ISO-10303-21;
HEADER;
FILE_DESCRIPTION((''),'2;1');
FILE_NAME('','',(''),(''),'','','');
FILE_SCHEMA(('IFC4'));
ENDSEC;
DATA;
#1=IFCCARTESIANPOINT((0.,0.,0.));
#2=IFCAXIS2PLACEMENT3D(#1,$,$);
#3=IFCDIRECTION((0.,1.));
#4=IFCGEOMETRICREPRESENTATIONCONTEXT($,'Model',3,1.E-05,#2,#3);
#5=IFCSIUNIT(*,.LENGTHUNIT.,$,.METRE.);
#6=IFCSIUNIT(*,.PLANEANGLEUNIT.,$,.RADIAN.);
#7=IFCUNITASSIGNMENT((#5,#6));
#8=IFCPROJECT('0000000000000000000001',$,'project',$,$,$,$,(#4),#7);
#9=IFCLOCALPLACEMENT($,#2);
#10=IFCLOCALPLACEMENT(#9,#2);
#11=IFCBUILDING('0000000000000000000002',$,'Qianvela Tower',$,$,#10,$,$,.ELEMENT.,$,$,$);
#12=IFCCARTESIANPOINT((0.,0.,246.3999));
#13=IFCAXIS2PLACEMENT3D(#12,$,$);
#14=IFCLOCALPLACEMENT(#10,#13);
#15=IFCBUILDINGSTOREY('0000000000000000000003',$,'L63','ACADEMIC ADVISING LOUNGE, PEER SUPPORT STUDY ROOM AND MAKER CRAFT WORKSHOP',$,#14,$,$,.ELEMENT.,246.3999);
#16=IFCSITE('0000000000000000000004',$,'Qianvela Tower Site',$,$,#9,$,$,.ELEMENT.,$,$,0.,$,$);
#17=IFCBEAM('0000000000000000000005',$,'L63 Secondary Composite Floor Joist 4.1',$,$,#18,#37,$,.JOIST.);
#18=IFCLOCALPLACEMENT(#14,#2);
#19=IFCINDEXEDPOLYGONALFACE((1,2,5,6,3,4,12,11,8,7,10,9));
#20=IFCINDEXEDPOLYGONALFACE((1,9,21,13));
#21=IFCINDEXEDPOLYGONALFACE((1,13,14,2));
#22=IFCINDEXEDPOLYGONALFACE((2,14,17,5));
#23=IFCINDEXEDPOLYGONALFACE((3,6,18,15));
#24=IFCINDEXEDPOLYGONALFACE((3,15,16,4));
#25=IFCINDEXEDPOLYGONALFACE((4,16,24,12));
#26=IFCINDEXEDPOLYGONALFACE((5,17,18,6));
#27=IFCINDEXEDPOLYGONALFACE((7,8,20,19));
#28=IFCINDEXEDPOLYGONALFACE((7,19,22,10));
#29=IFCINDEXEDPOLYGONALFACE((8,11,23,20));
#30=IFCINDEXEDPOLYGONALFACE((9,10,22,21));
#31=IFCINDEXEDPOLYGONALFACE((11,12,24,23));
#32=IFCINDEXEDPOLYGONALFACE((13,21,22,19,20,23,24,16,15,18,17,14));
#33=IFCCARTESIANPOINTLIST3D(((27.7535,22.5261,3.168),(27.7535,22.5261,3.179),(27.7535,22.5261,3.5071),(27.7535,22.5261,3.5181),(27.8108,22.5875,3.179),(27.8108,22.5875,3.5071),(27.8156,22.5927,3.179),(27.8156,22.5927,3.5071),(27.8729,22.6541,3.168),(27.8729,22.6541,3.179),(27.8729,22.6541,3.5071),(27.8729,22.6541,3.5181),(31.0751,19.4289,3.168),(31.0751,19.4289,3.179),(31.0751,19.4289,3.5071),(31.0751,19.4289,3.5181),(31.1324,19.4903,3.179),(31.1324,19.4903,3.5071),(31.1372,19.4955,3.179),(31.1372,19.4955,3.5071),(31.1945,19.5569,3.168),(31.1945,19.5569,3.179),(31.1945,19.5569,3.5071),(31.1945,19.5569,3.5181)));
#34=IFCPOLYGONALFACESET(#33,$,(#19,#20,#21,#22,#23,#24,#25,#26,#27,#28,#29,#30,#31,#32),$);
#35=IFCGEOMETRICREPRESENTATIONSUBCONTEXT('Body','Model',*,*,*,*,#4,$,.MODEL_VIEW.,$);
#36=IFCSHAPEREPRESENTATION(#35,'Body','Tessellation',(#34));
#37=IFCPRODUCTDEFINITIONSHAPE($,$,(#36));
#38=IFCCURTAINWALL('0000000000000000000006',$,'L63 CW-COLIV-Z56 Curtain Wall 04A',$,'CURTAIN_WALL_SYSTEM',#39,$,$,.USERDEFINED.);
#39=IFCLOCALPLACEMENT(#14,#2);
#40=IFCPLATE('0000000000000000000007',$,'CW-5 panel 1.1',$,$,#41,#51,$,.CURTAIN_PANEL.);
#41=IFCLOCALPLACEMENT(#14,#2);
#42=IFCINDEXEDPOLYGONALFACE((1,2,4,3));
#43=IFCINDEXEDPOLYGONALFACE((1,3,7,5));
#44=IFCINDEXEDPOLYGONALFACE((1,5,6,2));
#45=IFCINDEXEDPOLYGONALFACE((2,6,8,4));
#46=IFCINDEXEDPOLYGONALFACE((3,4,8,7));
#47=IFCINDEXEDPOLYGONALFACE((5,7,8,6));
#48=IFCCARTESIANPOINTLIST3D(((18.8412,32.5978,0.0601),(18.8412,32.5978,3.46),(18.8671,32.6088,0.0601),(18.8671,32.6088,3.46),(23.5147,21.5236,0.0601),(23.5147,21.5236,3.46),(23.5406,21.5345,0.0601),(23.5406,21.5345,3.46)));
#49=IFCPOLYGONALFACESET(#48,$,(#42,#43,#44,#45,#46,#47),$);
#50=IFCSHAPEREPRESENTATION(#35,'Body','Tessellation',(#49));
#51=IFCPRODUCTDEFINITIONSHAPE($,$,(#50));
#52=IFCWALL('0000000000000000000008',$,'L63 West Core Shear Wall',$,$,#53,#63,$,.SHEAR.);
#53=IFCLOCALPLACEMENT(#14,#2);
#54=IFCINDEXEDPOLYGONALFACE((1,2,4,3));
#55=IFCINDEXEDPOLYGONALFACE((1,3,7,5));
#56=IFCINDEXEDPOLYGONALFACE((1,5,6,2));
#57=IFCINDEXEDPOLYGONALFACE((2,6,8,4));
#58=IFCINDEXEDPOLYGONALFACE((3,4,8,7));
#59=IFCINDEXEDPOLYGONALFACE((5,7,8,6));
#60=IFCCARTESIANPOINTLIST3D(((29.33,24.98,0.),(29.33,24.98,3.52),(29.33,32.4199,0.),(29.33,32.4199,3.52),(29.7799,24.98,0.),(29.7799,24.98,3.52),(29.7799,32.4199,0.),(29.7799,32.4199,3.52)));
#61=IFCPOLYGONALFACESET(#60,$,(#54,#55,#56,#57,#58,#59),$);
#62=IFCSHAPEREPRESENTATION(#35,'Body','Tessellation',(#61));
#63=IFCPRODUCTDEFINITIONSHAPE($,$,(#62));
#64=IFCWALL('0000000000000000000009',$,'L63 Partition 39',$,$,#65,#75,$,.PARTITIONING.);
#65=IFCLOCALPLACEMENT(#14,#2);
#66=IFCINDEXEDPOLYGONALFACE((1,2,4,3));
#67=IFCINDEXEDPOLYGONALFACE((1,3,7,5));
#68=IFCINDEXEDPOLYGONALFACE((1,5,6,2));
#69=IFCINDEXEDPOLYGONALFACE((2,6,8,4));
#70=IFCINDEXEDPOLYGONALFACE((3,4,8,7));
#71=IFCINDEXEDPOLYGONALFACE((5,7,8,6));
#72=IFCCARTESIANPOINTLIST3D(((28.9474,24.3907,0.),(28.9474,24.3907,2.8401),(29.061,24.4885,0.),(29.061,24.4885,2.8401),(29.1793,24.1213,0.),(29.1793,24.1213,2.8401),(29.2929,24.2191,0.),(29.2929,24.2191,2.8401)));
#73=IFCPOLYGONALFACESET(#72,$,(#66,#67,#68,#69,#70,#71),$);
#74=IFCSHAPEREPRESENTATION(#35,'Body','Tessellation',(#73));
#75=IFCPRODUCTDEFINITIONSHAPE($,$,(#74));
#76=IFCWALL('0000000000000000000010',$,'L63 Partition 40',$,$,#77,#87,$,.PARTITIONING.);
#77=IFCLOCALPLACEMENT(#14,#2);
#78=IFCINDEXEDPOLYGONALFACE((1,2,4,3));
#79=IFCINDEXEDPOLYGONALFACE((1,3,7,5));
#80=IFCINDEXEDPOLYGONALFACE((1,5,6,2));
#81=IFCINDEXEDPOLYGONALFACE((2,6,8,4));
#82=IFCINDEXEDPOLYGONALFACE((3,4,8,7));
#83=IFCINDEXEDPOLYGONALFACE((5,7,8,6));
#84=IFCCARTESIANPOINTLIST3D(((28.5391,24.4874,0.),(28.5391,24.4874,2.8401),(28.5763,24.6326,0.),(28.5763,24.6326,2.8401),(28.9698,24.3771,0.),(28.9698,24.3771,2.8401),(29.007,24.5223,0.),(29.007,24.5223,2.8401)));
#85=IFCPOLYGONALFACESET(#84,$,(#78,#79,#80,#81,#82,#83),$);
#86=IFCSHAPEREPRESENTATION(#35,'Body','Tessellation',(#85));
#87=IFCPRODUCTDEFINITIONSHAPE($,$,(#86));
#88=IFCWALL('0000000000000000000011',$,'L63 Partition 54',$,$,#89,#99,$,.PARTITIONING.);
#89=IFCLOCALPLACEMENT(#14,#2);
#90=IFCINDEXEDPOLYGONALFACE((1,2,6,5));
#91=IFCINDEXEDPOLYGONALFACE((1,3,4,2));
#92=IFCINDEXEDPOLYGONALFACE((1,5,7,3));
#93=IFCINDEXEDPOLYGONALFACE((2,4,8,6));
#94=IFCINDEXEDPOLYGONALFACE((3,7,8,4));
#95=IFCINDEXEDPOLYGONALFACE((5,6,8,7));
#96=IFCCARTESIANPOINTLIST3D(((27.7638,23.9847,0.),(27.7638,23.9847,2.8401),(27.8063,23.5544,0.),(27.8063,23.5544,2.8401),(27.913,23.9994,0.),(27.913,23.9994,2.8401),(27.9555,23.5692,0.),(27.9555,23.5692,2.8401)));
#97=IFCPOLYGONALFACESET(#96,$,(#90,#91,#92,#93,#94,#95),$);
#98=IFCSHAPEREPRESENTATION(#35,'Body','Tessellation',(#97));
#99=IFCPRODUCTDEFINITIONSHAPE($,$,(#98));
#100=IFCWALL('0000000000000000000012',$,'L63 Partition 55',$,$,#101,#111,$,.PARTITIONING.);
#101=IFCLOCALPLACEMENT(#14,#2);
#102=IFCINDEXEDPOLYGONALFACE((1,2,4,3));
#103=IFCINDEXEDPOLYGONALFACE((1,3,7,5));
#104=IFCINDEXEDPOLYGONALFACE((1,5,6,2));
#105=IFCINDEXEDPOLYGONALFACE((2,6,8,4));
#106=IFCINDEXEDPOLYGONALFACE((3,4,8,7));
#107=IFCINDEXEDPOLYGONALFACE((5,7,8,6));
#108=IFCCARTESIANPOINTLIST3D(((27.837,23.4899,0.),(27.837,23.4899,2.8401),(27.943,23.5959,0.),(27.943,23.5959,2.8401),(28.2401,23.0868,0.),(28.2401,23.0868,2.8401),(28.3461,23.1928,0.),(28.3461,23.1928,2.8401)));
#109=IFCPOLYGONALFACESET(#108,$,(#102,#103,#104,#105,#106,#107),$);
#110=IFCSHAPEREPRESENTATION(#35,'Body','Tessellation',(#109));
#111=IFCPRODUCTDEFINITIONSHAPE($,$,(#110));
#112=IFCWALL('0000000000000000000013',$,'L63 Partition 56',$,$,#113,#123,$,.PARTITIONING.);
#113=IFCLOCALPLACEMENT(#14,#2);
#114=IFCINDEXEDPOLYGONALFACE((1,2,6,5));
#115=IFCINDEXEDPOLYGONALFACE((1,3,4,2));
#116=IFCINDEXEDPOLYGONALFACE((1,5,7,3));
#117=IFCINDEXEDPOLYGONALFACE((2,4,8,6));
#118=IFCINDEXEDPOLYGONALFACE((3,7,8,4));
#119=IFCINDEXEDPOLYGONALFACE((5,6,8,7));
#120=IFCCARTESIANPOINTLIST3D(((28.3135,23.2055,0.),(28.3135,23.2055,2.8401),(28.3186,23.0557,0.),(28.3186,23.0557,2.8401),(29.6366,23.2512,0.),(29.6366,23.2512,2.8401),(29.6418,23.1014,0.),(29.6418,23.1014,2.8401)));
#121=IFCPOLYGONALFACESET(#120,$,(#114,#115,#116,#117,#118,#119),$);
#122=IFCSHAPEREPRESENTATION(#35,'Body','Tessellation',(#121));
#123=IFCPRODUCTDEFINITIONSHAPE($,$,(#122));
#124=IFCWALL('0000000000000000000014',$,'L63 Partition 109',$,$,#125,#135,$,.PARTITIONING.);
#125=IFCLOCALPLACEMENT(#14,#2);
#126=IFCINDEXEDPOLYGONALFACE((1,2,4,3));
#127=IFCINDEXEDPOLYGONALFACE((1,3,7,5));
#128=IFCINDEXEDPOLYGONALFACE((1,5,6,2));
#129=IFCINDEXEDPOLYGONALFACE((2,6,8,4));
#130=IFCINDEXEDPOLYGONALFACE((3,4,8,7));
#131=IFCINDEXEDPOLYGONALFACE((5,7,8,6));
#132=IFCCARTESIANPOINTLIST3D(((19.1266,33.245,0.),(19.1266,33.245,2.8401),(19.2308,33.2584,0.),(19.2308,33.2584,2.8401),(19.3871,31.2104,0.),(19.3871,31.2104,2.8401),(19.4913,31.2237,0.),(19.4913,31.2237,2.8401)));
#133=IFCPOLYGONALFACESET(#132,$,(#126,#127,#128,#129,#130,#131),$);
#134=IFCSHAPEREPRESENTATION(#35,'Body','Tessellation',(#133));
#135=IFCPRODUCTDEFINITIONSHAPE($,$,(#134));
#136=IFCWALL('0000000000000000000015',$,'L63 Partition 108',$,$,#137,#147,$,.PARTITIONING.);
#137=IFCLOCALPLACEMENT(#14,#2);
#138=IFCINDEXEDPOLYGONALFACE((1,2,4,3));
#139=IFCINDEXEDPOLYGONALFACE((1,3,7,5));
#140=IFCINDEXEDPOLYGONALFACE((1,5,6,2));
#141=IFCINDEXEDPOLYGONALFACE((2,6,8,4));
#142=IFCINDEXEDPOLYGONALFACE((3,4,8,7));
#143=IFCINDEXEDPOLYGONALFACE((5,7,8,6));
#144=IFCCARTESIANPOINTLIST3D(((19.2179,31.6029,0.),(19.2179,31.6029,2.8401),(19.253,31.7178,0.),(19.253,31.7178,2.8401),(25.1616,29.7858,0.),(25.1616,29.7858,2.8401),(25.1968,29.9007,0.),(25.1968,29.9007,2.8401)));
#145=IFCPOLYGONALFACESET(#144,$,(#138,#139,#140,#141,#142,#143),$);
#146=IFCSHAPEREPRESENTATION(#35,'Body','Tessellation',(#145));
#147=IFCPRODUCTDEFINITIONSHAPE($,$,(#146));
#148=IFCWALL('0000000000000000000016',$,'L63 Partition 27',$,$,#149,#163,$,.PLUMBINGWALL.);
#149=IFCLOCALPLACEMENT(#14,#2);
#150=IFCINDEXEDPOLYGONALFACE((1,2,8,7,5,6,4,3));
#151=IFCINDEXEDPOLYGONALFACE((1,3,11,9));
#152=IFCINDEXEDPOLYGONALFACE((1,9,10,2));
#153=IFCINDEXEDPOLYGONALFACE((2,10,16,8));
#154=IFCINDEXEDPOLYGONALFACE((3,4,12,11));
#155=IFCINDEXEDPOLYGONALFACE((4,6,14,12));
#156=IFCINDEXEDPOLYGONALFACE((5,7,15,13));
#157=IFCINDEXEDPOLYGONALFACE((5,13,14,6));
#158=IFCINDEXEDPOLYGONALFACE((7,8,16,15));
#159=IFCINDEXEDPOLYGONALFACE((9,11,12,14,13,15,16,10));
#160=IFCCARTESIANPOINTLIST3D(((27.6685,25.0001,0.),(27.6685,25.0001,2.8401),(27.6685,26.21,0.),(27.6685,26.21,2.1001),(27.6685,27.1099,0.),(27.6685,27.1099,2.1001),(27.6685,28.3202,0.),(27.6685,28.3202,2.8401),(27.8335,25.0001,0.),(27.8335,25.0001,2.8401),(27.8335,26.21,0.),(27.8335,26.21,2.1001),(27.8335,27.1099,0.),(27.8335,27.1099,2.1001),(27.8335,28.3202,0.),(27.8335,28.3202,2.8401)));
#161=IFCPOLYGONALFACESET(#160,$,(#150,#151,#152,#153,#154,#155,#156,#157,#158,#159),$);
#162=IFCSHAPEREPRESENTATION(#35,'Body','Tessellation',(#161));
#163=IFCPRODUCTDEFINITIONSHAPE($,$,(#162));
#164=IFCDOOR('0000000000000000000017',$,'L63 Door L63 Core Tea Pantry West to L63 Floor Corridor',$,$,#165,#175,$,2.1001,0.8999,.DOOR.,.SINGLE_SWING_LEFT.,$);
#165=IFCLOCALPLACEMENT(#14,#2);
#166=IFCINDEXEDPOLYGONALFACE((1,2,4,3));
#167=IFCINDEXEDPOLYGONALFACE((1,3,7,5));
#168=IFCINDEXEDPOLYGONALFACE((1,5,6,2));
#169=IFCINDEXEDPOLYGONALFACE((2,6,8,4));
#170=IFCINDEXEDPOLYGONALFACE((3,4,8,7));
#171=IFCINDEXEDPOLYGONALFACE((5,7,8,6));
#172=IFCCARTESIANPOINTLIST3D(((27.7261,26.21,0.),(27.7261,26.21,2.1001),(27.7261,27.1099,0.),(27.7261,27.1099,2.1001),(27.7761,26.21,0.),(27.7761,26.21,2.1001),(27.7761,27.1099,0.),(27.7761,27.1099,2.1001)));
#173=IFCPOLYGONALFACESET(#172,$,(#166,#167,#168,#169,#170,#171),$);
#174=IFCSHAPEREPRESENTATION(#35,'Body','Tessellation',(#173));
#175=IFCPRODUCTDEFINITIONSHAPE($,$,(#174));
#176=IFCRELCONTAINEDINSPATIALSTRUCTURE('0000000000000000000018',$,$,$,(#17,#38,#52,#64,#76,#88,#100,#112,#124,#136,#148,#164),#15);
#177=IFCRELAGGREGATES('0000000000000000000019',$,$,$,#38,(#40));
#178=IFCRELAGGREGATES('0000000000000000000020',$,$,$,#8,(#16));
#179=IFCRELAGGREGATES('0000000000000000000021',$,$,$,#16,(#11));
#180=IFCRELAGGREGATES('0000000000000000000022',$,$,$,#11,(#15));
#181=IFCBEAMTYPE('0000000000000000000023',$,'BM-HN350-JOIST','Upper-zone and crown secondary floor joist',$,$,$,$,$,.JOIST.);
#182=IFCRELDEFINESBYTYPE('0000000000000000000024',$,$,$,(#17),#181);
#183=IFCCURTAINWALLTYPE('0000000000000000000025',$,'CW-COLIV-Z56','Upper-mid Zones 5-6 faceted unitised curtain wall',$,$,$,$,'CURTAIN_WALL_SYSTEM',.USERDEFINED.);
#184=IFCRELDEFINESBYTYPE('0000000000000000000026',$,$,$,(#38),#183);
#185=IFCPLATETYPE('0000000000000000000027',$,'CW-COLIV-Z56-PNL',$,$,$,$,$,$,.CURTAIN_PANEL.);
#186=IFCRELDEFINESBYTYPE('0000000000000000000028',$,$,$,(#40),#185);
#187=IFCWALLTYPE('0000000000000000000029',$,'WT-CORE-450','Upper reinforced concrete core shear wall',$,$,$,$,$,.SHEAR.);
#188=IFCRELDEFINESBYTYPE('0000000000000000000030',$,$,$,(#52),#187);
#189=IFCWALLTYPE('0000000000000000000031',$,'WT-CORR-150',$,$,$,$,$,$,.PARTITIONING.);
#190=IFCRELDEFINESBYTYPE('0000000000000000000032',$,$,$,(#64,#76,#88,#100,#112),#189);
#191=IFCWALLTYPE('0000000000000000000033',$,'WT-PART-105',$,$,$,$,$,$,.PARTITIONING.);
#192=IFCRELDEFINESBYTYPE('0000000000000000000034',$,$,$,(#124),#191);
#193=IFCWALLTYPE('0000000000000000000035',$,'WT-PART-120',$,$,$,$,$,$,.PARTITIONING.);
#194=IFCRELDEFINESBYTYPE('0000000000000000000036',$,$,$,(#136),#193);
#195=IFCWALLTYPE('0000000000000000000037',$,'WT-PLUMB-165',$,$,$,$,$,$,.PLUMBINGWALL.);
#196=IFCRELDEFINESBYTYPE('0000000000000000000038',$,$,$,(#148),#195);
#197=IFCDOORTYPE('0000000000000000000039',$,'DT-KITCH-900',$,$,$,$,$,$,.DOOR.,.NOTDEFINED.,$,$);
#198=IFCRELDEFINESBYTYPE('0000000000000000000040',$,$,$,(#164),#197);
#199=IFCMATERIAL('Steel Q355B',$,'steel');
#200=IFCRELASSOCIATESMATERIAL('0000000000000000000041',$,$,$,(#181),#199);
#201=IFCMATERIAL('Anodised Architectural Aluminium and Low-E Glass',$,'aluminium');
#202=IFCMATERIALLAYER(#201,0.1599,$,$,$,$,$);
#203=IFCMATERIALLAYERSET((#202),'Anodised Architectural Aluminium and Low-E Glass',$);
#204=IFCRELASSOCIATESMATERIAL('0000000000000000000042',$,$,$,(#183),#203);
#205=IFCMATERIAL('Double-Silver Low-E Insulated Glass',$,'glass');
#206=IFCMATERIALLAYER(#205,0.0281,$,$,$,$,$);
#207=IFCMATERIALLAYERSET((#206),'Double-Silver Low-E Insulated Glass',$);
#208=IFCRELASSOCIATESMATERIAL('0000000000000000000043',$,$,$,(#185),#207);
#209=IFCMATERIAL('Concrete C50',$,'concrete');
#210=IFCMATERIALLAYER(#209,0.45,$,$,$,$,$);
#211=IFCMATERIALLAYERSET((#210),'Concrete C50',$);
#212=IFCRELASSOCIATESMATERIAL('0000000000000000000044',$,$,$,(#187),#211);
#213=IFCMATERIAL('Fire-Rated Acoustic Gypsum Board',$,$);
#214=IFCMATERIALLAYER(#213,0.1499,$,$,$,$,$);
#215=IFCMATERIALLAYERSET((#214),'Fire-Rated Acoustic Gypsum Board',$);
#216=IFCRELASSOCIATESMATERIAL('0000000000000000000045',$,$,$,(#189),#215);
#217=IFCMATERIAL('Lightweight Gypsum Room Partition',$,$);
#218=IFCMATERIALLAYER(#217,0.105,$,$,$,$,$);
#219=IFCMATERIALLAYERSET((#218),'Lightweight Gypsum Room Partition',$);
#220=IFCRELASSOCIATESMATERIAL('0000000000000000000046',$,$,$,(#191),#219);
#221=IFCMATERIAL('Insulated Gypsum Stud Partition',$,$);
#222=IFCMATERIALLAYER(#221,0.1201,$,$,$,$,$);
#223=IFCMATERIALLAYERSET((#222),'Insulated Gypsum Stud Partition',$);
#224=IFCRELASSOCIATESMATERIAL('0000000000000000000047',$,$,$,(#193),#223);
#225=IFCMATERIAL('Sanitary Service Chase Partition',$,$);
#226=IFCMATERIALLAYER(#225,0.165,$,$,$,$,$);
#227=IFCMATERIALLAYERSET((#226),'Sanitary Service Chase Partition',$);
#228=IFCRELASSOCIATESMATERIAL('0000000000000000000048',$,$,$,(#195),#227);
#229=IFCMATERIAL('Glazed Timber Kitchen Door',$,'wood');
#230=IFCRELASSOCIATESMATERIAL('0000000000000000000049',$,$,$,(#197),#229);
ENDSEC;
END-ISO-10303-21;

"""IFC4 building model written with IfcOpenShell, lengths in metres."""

from ifc_helpers import new_model, si_unit, direction, frame, frame_2d, origin, origin_2d, place, context, subcontext, project, spatial, rectangle, i_section, extrude, material, layer, layer_set, material_profile, profile_set, type_object, element, fill, aggregate, save


model = new_model("IFC4")

# Units and contexts
model_context = context("Model", 3, precision=1e-05, world=origin(), true_north=direction((0.0, 1.0)))
body_context = subcontext(model_context, "Body", "Model", "MODEL_VIEW")
ifc_project = project(units=[si_unit("LENGTHUNIT", "METRE"), si_unit("PLANEANGLEUNIT", "RADIAN")], contexts=[model_context])

# Site, building, storey
site_placement = place(None, origin())
site = spatial("IfcSite", under=ifc_project, at=site_placement, Name="Qianvela Tower Site", CompositionType="ELEMENT", RefElevation=0.0)
building_placement = place(site_placement, origin())
building = spatial("IfcBuilding", under=site, at=building_placement, Name="Qianvela Tower", CompositionType="ELEMENT")
storey_placement = place(building_placement, frame((0.0, 0.0, 246.3999)))
storey = spatial("IfcBuildingStorey", under=building, at=storey_placement, Name="L63", Description="ACADEMIC ADVISING LOUNGE, PEER SUPPORT STUDY ROOM AND MAKER CRAFT WORKSHOP", CompositionType="ELEMENT", Elevation=246.3999)

# Beam
ifc_material_1 = material(Name="Steel Q355B", Category="steel")
ifc_material_profile_1 = material_profile(ifc_material_1, i_section(OverallWidth=0.175, OverallDepth=0.3501, WebThickness=0.0071, FlangeThickness=0.011, at=origin_2d()), Name="HN350x175x7x11")
ifc_profile_set_1 = profile_set([ifc_material_profile_1], Name="Steel Q355B")
beam_type_1 = type_object("IfcBeamType", Name="BM-HN350-JOIST", Description="Upper-zone and crown secondary floor joist", PredefinedType="JOIST", material=ifc_profile_set_1)
beam_1_placement = place(storey_placement, frame((27.8132, 22.5901, 3.343), z_axis=(0.731377, -0.681973, 0.0), x_axis=(0.681973, 0.731377, 0.0)))
element("IfcBeam", 1, at=beam_1_placement, inside=storey, type_object=beam_type_1, Name="L63 Secondary Composite Floor Joist 4.1", PredefinedType="JOIST", context=body_context, shape_type="SweptSolid", body=[
    extrude(i_section(OverallWidth=0.175, OverallDepth=0.3501, WebThickness=0.0071, FlangeThickness=0.011, at=origin_2d()), origin(), (0.0, 0.0, 1.0), 4.5415),
])

# Curtain wall, plate
ifc_material_2 = material(Name="Anodised Architectural Aluminium and Low-E Glass", Category="aluminium")
ifc_layer_1 = layer(ifc_material_2, 0.1599)
ifc_layer_set_1 = layer_set([ifc_layer_1], Name="Anodised Architectural Aluminium and Low-E Glass")
curtain_wall_type = type_object("IfcCurtainWallType", Name="CW-COLIV-Z56", Description="Upper-mid Zones 5-6 faceted unitised curtain wall", ElementType="CURTAIN_WALL_SYSTEM", PredefinedType="USERDEFINED", material=ifc_layer_set_1)
curtain_wall_placement = place(storey_placement, origin())
curtain_wall = element("IfcCurtainWall", 2, at=curtain_wall_placement, inside=storey, type_object=curtain_wall_type, Name="L63 CW-COLIV-Z56 Curtain Wall 04A", ObjectType="CURTAIN_WALL_SYSTEM", PredefinedType="USERDEFINED")
ifc_material_3 = material(Name="Double-Silver Low-E Insulated Glass", Category="glass")
ifc_layer_2 = layer(ifc_material_3, 0.0281)
ifc_layer_set_2 = layer_set([ifc_layer_2], Name="Double-Silver Low-E Insulated Glass")
plate_type = type_object("IfcPlateType", Name="CW-COLIV-Z56-PNL", PredefinedType="CURTAIN_PANEL", material=ifc_layer_set_2)
plate_placement = place(storey_placement, frame((21.1909, 27.0662, 0.0601), z_axis=(0.0, 0.0, 1.0), x_axis=(0.388807, -0.921319, 0.0)))
plate = element("IfcPlate", 3, at=plate_placement, type_object=plate_type, Name="CW-5 panel 1.1", PredefinedType="CURTAIN_PANEL", context=body_context, shape_type="SweptSolid", body=[
    extrude(rectangle(XDim=12.02, YDim=0.0281, at=origin_2d()), origin(), (0.0, 0.0, 1.0), 3.3999),
])
aggregate(curtain_wall, [plate])

# Shared definitions
ifc_material_4 = material(Name="Concrete C50", Category="concrete")
ifc_layer_3 = layer(ifc_material_4, 0.45)
ifc_layer_set_3 = layer_set([ifc_layer_3], Name="Concrete C50")
wall_type_1 = type_object("IfcWallType", Name="WT-CORE-450", Description="Upper reinforced concrete core shear wall", PredefinedType="SHEAR", material=ifc_layer_set_3)

# Walls
wall_1_placement = place(storey_placement, frame((29.5549, 24.98, 0.0), z_axis=(0.0, 0.0, 1.0), x_axis=(0.0, 1.0, 0.0)))
element("IfcWall", 4, at=wall_1_placement, inside=storey, type_object=wall_type_1, Name="L63 West Core Shear Wall", PredefinedType="SHEAR", context=body_context, shape_type="SweptSolid", body=[
    extrude(rectangle(XDim=7.4399, YDim=0.45, at=frame_2d((3.72, 0.0))), origin(), (0.0, 0.0, 1.0), 3.52),
])
ifc_material_5 = material(Name="Fire-Rated Acoustic Gypsum Board")
ifc_layer_4 = layer(ifc_material_5, 0.1499)
ifc_layer_set_4 = layer_set([ifc_layer_4], Name="Fire-Rated Acoustic Gypsum Board")
wall_type_2 = type_object("IfcWallType", Name="WT-CORR-150", PredefinedType="PARTITIONING", material=ifc_layer_set_4)
wall_2_placement = place(storey_placement, frame((29.2361, 24.1702, 0.0), z_axis=(0.0, 0.0, 1.0), x_axis=(-0.65226, 0.757995, 0.0)))
element("IfcWall", 5, at=wall_2_placement, inside=storey, type_object=wall_type_2, Name="L63 Partition 39", PredefinedType="PARTITIONING", context=body_context, shape_type="SweptSolid", body=[
    extrude(rectangle(XDim=0.3555, YDim=0.1499, at=frame_2d((0.1777, 0.0))), origin(), (0.0, 0.0, 1.0), 2.8401),
])
wall_3_placement = place(storey_placement, frame((28.9883, 24.4497, 0.0), z_axis=(0.0, 0.0, 1.0), x_axis=(-0.968705, 0.248217, 0.0)))
element("IfcWall", 6, at=wall_3_placement, inside=storey, type_object=wall_type_2, Name="L63 Partition 40", PredefinedType="PARTITIONING", context=body_context, shape_type="SweptSolid", body=[
    extrude(rectangle(XDim=0.4446, YDim=0.1499, at=frame_2d((0.2222, 0.0))), origin(), (0.0, 0.0, 1.0), 2.8401),
])
wall_4_placement = place(storey_placement, frame((27.8384, 23.9922, 0.0), z_axis=(0.0, 0.0, 1.0), x_axis=(0.098273, -0.995159, 0.0)))
element("IfcWall", 7, at=wall_4_placement, inside=storey, type_object=wall_type_2, Name="L63 Partition 54", PredefinedType="PARTITIONING", context=body_context, shape_type="SweptSolid", body=[
    extrude(rectangle(XDim=0.4324, YDim=0.1499, at=frame_2d((0.2163, 0.0))), origin(), (0.0, 0.0, 1.0), 2.8401),
])
wall_5_placement = place(storey_placement, frame((27.8899, 23.543, 0.0), z_axis=(0.0, 0.0, 1.0), x_axis=(0.707107, -0.707107, 0.0)))
element("IfcWall", 8, at=wall_5_placement, inside=storey, type_object=wall_type_2, Name="L63 Partition 55", PredefinedType="PARTITIONING", context=body_context, shape_type="SweptSolid", body=[
    extrude(rectangle(XDim=0.5701, YDim=0.1499, at=frame_2d((0.2852, 0.0))), origin(), (0.0, 0.0, 1.0), 2.8401),
])
wall_6_placement = place(storey_placement, frame((28.3159, 23.1306, 0.0), z_axis=(0.0, 0.0, 1.0), x_axis=(0.999405, 0.034481, 0.0)))
element("IfcWall", 9, at=wall_6_placement, inside=storey, type_object=wall_type_2, Name="L63 Partition 56", PredefinedType="PARTITIONING", context=body_context, shape_type="SweptSolid", body=[
    extrude(rectangle(XDim=1.324, YDim=0.1499, at=frame_2d((0.6621, 0.0))), origin(), (0.0, 0.0, 1.0), 2.8401),
])
ifc_material_6 = material(Name="Lightweight Gypsum Room Partition")
ifc_layer_5 = layer(ifc_material_6, 0.105)
ifc_layer_set_5 = layer_set([ifc_layer_5], Name="Lightweight Gypsum Room Partition")
wall_type_3 = type_object("IfcWallType", Name="WT-PART-105", PredefinedType="PARTITIONING", material=ifc_layer_set_5)
wall_7_placement = place(storey_placement, frame((19.4392, 31.217, 0.0), z_axis=(0.0, 0.0, 1.0), x_axis=(-0.126993, 0.991904, 0.0)))
element("IfcWall", 10, at=wall_7_placement, inside=storey, type_object=wall_type_3, Name="L63 Partition 109", PredefinedType="PARTITIONING", context=body_context, shape_type="SweptSolid", body=[
    extrude(rectangle(XDim=2.0513, YDim=0.105, at=frame_2d((1.0256, 0.0))), origin(), (0.0, 0.0, 1.0), 2.8401),
])
ifc_material_7 = material(Name="Insulated Gypsum Stud Partition")
ifc_layer_6 = layer(ifc_material_7, 0.1201)
ifc_layer_set_6 = layer_set([ifc_layer_6], Name="Insulated Gypsum Stud Partition")
wall_type_4 = type_object("IfcWallType", Name="WT-PART-120", PredefinedType="PARTITIONING", material=ifc_layer_set_6)
wall_8_placement = place(storey_placement, frame((25.1792, 29.8433, 0.0), z_axis=(0.0, 0.0, 1.0), x_axis=(-0.956308, 0.29236, 0.0)))
element("IfcWall", 11, at=wall_8_placement, inside=storey, type_object=wall_type_4, Name="L63 Partition 108", PredefinedType="PARTITIONING", context=body_context, shape_type="SweptSolid", body=[
    extrude(rectangle(XDim=6.2153, YDim=0.1201, at=frame_2d((3.1077, 0.0))), origin(), (0.0, 0.0, 1.0), 2.8401),
])

# Wall, opening, door
ifc_material_8 = material(Name="Sanitary Service Chase Partition")
ifc_layer_7 = layer(ifc_material_8, 0.165)
ifc_layer_set_7 = layer_set([ifc_layer_7], Name="Sanitary Service Chase Partition")
wall_type_5 = type_object("IfcWallType", Name="WT-PLUMB-165", PredefinedType="PLUMBINGWALL", material=ifc_layer_set_7)
wall_9_placement = place(storey_placement, frame((27.751, 25.0, 0.0), z_axis=(0.0, 0.0, 1.0), x_axis=(0.0, 1.0, 0.0)))
wall_9 = element("IfcWall", 12, at=wall_9_placement, inside=storey, type_object=wall_type_5, Name="L63 Partition 27", PredefinedType="PLUMBINGWALL", context=body_context, shape_type="SweptSolid", body=[
    extrude(rectangle(XDim=3.3201, YDim=0.165, at=frame_2d((1.6602, 0.0))), origin(), (0.0, 0.0, 1.0), 2.8401),
])
opening_1_placement = place(wall_9_placement, frame((1.21, 0.0, 0.0)))
opening_1 = element("IfcOpeningElement", 13, at=opening_1_placement, cuts=wall_9, PredefinedType="OPENING", context=body_context, shape_type="SweptSolid", body=[
    extrude(rectangle(XDim=0.8999, YDim=2.1001, at=frame_2d((0.45, 1.05))), frame((0.0, 0.0925, 0.0), z_axis=(0.0, -1.0, 0.0), x_axis=(1.0, 0.0, 0.0)), (0.0, 0.0, 1.0), 0.1851),
])
ifc_material_9 = material(Name="Glazed Timber Kitchen Door", Category="wood")
door_type_1 = type_object("IfcDoorType", Name="DT-KITCH-900", OperationType="NOTDEFINED", PredefinedType="DOOR", material=ifc_material_9)
door_1_placement = place(opening_1_placement, origin())
door_1 = element("IfcDoor", 14, at=door_1_placement, inside=storey, type_object=door_type_1, Name="L63 Door L63 Core Tea Pantry West to L63 Floor Corridor", OperationType="SINGLE_SWING_LEFT", OverallHeight=2.1001, OverallWidth=0.8999, PredefinedType="DOOR", context=body_context, shape_type="SweptSolid", body=[
    extrude(rectangle(XDim=0.8999, YDim=2.1001, at=frame_2d((0.45, 1.05))), frame((0.0, 0.0249, 0.0), z_axis=(0.0, -1.0, 0.0), x_axis=(1.0, 0.0, 0.0)), (0.0, 0.0, 1.0), 0.05),
])
fill(opening_1, door_1)

save(model, "model.ifc")
